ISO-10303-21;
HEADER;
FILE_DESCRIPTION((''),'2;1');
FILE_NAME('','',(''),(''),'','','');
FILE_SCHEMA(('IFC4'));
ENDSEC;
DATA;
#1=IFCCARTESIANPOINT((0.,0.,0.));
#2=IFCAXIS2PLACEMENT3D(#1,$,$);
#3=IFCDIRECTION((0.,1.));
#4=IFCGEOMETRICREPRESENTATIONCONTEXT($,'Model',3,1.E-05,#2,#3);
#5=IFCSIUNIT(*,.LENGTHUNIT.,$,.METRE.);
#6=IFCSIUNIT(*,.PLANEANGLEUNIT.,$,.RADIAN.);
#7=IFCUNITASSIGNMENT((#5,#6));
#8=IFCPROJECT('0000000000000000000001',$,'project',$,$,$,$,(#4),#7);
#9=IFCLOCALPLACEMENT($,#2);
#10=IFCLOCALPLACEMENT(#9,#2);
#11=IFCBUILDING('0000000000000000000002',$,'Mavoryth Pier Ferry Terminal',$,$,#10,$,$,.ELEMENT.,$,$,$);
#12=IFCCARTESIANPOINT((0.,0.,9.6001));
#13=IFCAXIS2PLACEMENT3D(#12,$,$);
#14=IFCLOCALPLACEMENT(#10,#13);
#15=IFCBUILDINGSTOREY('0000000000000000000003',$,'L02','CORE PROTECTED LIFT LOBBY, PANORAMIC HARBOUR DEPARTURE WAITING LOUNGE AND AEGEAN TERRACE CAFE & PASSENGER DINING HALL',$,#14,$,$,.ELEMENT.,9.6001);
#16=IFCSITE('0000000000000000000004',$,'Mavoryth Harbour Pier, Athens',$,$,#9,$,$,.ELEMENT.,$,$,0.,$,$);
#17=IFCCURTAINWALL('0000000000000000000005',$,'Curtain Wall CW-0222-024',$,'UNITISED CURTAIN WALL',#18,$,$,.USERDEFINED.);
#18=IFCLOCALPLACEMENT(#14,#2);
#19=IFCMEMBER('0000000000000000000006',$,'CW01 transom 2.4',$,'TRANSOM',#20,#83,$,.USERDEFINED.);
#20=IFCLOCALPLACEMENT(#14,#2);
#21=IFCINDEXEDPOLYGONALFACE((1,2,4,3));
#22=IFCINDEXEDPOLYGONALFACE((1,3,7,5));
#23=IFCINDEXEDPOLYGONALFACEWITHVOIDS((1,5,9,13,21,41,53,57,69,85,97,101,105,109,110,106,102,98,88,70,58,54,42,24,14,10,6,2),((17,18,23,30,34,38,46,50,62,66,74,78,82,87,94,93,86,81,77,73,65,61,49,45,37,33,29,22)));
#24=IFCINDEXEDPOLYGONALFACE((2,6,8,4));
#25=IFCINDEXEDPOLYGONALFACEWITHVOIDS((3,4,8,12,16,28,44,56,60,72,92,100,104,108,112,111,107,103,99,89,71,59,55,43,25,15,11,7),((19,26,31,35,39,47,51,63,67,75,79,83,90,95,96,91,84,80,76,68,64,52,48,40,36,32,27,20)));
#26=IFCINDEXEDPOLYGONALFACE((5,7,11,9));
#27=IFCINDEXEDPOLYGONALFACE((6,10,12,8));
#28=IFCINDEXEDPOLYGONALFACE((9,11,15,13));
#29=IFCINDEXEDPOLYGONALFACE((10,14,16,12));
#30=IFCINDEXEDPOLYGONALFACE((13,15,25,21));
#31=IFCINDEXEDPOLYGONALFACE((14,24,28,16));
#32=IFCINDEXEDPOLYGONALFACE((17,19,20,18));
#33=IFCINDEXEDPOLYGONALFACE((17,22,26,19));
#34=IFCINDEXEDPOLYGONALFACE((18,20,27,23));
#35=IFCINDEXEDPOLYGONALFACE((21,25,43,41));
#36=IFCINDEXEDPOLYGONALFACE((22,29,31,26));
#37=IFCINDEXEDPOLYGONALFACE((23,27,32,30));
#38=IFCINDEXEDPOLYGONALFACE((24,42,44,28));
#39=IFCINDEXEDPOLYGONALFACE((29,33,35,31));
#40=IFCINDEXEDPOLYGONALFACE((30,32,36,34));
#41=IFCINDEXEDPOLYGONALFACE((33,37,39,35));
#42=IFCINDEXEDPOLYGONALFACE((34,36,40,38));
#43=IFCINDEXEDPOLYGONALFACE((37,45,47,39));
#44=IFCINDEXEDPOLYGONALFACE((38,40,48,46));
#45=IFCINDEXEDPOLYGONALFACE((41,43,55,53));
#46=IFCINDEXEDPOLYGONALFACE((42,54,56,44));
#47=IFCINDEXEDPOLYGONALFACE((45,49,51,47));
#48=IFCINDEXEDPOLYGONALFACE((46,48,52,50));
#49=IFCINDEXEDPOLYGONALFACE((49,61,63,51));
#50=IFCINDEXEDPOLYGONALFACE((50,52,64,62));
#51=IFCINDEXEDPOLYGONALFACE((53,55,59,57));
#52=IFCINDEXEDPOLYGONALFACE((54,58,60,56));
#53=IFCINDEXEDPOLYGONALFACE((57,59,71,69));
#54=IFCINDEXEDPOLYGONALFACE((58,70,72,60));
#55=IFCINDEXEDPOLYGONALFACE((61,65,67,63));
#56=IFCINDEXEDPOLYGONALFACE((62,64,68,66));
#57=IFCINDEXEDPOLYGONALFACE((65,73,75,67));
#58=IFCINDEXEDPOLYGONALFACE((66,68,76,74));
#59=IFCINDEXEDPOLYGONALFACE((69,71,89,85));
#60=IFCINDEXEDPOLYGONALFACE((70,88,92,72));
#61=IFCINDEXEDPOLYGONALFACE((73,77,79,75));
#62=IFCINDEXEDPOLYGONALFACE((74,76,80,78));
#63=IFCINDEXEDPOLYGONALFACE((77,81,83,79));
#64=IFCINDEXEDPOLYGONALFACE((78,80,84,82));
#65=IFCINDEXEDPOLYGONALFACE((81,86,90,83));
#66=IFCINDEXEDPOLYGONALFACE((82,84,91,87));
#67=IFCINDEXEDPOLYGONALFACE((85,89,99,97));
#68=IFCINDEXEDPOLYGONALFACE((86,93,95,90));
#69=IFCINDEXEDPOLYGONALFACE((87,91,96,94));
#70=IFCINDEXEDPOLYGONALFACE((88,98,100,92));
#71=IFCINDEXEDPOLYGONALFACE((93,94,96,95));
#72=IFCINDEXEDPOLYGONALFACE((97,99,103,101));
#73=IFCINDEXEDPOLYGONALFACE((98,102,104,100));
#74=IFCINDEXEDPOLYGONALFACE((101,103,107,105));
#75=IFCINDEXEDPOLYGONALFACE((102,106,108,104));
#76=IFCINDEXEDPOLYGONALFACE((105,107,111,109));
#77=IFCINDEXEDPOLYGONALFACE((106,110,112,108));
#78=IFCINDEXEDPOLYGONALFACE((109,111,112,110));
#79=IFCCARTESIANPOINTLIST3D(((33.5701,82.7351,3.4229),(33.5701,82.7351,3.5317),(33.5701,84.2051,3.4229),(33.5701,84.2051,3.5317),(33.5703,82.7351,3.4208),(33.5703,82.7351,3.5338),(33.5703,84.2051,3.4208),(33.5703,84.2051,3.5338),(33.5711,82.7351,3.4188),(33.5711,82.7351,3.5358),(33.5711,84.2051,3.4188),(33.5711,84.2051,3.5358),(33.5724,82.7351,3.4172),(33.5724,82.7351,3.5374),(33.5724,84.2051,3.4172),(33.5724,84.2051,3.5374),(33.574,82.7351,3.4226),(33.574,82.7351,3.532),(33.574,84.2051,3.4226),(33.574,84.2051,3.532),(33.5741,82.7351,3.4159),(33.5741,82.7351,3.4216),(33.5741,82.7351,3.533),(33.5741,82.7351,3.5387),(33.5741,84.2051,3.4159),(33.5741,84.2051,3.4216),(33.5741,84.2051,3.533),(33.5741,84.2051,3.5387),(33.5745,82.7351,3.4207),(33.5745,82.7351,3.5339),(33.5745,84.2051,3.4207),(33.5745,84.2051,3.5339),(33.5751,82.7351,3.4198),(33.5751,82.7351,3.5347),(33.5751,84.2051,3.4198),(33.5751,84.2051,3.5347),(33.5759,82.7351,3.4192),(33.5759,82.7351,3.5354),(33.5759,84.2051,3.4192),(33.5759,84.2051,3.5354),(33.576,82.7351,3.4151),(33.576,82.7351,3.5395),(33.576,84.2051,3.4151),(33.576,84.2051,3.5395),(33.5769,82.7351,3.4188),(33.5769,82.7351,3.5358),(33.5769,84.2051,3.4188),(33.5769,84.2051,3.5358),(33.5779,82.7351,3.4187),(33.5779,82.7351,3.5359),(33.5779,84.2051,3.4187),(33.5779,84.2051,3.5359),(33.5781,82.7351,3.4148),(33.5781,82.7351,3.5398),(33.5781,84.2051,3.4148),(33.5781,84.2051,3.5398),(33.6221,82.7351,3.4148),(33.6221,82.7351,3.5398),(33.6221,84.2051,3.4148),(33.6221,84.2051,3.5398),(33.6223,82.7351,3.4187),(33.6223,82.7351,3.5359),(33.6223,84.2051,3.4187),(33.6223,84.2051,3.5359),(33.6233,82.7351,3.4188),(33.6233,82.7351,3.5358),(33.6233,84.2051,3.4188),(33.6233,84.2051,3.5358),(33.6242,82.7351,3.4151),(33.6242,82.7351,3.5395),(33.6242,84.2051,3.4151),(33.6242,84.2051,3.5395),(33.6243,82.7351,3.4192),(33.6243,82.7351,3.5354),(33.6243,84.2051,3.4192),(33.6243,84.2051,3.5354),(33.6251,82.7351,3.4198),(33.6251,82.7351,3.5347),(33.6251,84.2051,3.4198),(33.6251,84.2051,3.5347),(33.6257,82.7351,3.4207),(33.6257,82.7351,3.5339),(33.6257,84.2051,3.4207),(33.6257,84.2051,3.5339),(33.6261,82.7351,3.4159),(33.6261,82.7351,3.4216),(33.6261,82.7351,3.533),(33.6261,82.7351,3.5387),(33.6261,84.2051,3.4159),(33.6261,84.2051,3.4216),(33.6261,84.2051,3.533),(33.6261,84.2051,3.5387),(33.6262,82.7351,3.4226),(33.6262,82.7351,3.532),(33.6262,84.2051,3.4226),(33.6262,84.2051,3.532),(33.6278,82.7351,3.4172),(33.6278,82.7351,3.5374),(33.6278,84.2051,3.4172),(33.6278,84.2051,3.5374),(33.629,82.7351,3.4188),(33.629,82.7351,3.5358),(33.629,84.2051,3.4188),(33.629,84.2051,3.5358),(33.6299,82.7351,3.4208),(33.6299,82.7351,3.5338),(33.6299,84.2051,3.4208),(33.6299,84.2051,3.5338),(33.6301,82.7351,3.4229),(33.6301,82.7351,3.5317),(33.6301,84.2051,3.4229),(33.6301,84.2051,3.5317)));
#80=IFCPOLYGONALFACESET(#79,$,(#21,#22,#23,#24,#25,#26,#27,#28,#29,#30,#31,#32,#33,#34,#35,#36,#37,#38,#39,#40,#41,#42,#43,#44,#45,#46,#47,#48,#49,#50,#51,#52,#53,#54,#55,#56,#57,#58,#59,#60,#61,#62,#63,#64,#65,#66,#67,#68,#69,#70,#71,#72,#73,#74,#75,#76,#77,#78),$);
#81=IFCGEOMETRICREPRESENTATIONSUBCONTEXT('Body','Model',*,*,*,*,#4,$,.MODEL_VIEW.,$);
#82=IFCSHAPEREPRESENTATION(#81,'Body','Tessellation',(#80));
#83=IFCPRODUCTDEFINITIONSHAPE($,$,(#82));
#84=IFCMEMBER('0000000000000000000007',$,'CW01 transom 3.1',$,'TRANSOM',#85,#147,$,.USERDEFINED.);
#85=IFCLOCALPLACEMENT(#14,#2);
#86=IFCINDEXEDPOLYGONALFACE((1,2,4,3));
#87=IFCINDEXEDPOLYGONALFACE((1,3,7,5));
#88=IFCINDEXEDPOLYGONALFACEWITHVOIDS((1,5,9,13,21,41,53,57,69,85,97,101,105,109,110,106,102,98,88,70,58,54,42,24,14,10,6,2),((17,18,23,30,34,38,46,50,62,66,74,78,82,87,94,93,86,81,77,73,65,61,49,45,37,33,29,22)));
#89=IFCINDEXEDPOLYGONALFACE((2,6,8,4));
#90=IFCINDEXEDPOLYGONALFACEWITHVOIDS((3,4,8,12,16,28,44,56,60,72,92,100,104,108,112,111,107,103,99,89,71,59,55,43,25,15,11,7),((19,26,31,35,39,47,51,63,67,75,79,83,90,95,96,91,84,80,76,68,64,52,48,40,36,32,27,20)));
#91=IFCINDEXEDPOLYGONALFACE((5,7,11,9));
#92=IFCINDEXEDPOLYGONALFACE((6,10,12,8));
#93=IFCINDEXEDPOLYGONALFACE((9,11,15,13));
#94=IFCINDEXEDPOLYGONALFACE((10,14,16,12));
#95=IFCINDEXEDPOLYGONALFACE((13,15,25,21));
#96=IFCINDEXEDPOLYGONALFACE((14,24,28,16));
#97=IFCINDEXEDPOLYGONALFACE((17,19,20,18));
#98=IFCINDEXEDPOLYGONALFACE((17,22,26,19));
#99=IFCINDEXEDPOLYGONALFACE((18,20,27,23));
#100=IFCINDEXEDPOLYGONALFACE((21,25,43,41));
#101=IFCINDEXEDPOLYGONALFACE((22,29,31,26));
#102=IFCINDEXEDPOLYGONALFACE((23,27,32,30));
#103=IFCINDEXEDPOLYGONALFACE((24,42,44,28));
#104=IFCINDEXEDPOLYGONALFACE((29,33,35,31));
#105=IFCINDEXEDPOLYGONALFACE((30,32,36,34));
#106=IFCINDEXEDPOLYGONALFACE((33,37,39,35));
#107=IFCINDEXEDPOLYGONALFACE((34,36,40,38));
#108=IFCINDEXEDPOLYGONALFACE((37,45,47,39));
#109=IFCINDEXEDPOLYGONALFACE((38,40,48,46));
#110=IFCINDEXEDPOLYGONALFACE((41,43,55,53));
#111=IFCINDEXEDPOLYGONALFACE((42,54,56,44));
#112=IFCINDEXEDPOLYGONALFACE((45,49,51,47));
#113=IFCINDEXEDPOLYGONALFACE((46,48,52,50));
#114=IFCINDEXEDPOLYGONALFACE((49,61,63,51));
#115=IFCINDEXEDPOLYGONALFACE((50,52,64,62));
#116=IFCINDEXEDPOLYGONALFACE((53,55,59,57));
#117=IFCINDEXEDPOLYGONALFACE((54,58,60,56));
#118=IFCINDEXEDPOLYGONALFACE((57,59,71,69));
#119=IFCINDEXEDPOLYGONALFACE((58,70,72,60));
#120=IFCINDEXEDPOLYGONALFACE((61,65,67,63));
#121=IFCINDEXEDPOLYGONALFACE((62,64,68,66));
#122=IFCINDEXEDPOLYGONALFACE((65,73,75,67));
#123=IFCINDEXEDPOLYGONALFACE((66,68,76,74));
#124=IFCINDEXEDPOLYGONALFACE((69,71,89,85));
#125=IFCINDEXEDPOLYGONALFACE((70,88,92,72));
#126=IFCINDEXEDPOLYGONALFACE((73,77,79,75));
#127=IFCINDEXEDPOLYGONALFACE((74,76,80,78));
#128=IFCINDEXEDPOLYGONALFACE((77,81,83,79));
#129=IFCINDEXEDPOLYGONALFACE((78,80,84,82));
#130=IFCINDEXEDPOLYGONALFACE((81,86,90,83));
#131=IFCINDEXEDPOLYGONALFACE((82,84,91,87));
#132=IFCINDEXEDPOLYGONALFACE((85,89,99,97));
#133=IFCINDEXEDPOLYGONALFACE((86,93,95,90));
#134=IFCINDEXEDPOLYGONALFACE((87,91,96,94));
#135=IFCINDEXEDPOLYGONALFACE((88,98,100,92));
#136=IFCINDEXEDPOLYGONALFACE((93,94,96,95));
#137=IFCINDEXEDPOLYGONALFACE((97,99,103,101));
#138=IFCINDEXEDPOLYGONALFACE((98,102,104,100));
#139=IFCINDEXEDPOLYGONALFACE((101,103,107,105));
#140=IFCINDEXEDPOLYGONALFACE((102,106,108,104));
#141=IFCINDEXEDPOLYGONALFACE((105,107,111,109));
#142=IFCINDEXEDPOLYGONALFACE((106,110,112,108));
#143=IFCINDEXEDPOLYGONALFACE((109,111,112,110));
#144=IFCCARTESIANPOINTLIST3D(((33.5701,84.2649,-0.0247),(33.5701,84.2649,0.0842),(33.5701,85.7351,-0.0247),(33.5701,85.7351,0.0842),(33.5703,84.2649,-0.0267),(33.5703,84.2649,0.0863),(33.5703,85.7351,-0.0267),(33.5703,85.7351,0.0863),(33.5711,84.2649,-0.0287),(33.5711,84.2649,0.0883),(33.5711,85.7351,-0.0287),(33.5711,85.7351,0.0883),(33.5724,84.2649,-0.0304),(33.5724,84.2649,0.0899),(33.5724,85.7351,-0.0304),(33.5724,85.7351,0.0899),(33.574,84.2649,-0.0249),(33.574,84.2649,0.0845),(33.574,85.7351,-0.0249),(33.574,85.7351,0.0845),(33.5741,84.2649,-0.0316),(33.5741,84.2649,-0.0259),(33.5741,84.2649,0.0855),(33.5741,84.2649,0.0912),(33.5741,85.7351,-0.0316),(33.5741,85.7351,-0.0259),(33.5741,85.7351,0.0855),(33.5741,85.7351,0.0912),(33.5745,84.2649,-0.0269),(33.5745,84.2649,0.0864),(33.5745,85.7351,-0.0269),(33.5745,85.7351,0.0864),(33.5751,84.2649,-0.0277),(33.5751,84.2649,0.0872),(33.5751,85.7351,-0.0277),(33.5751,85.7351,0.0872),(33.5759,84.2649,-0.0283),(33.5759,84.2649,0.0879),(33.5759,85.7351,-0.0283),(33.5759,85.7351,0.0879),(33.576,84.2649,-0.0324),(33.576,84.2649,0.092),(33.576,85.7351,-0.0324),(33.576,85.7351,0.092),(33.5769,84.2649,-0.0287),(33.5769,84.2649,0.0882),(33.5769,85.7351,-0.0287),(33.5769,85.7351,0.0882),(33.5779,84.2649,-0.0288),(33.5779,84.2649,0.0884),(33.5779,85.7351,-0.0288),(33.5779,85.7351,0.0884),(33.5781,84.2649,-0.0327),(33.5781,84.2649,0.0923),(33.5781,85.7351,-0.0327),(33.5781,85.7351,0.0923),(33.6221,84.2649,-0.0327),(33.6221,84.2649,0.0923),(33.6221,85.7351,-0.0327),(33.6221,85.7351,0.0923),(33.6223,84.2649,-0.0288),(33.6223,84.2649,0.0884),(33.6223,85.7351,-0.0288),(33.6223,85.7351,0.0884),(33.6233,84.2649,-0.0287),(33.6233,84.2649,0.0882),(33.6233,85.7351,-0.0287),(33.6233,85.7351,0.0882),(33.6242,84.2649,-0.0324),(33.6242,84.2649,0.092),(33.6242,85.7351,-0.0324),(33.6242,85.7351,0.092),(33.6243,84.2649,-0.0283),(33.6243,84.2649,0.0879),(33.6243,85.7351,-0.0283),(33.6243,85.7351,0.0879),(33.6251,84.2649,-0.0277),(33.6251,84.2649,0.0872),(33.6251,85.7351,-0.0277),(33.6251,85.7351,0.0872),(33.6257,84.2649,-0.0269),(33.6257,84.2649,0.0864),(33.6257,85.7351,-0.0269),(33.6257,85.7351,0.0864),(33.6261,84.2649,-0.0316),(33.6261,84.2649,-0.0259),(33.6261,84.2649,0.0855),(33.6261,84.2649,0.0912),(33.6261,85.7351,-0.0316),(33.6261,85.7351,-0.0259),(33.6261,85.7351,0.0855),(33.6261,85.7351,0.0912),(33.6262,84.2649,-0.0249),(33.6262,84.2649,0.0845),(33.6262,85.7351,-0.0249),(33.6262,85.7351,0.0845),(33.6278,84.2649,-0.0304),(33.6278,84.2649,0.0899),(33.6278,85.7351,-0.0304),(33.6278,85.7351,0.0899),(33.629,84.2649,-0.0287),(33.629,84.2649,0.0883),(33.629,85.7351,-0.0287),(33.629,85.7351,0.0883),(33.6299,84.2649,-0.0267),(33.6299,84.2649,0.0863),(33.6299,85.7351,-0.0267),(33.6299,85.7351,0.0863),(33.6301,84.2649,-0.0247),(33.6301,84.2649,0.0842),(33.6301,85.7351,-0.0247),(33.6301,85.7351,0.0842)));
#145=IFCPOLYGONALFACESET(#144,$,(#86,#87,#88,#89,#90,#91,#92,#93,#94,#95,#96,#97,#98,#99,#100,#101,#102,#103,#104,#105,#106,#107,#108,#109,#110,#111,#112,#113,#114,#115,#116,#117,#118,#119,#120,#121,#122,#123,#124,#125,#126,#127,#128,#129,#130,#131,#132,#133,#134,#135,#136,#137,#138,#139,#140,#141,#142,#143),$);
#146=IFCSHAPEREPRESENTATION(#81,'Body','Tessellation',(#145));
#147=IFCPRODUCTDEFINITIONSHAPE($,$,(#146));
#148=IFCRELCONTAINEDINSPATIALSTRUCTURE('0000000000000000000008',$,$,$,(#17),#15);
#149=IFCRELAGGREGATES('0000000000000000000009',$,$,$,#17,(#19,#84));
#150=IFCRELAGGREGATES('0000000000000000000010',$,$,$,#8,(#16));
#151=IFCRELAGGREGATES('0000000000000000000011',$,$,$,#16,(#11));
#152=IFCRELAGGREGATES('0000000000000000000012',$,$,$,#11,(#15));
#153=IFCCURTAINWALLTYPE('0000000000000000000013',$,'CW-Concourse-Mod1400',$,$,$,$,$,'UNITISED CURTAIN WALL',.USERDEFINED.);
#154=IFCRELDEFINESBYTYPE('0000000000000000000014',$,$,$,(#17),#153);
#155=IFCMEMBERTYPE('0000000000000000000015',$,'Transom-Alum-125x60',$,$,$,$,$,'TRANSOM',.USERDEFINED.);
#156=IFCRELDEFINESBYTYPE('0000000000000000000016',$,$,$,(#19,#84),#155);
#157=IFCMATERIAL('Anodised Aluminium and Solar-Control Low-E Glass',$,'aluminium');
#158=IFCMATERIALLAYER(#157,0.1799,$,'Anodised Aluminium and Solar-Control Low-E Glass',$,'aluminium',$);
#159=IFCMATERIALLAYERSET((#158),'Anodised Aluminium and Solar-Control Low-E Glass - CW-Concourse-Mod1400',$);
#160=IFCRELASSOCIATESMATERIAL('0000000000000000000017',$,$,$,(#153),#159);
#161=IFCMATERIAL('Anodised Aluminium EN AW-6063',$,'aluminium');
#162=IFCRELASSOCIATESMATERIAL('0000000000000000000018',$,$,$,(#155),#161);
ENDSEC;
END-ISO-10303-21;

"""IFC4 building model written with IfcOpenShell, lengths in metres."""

from ifc_helpers import new_model, si_unit, direction, frame, origin, origin_2d, place, context, subcontext, project, spatial, hollow_rectangle, extrude, material, layer, layer_set, material_profile, profile_set, type_object, element, aggregate, save


model = new_model("IFC4")

# Units and contexts
model_context = context("Model", 3, precision=1e-05, world=origin(), true_north=direction((0.0, 1.0)))
body_context = subcontext(model_context, "Body", "Model", "MODEL_VIEW")
ifc_project = project(units=[si_unit("LENGTHUNIT", "METRE"), si_unit("PLANEANGLEUNIT", "RADIAN")], contexts=[model_context])

# Site, building, storey
site_placement = place(None, origin())
site = spatial("IfcSite", under=ifc_project, at=site_placement, Name="Mavoryth Harbour Pier, Athens", CompositionType="ELEMENT", RefElevation=0.0)
building_placement = place(site_placement, origin())
building = spatial("IfcBuilding", under=site, at=building_placement, Name="Mavoryth Pier Ferry Terminal", CompositionType="ELEMENT")
storey_placement = place(building_placement, frame((0.0, 0.0, 9.6001)))
storey = spatial("IfcBuildingStorey", under=building, at=storey_placement, Name="L02", Description="CORE PROTECTED LIFT LOBBY, PANORAMIC HARBOUR DEPARTURE WAITING LOUNGE AND AEGEAN TERRACE CAFE & PASSENGER DINING HALL", CompositionType="ELEMENT", Elevation=9.6001)

# Curtain wall
ifc_material_1 = material(Name="Anodised Aluminium and Solar-Control Low-E Glass", Category="aluminium")
ifc_layer_1 = layer(ifc_material_1, 0.1799, Name="Anodised Aluminium and Solar-Control Low-E Glass", Category="aluminium")
ifc_layer_set_1 = layer_set([ifc_layer_1], Name="Anodised Aluminium and Solar-Control Low-E Glass - CW-Concourse-Mod1400")
curtain_wall_type = type_object("IfcCurtainWallType", Name="CW-Concourse-Mod1400", ElementType="UNITISED CURTAIN WALL", PredefinedType="USERDEFINED", material=ifc_layer_set_1)
curtain_wall_placement = place(storey_placement, origin())
curtain_wall = element("IfcCurtainWall", 1, at=curtain_wall_placement, inside=storey, type_object=curtain_wall_type, Name="Curtain Wall CW-0222-024", ObjectType="UNITISED CURTAIN WALL", PredefinedType="USERDEFINED")
ifc_material_2 = material(Name="Anodised Aluminium EN AW-6063", Category="aluminium")

# Members
ifc_material_profile_1 = material_profile(ifc_material_2, hollow_rectangle(XDim=0.0601, YDim=0.125, WallThickness=0.0039, InnerFilletRadius=0.0039, OuterFilletRadius=0.0081, at=origin_2d()), Name="AL-TRAN 125x60x4", Category="aluminium")
ifc_profile_set_1 = profile_set([ifc_material_profile_1], Name="Anodised Aluminium EN AW-6063 - AL-TRAN 125x60x4")
member_type_1 = type_object("IfcMemberType", Name="Transom-Alum-125x60", ElementType="TRANSOM", PredefinedType="USERDEFINED", material=ifc_profile_set_1)
member_1_placement = place(storey_placement, frame((33.6001, 82.7351, 3.4773), z_axis=(0.0, 1.0, 0.0), x_axis=(-1.0, 0.0, 0.0)))
member_1 = element("IfcMember", 2, at=member_1_placement, type_object=member_type_1, Name="CW01 transom 2.4", ObjectType="TRANSOM", PredefinedType="USERDEFINED", context=body_context, shape_type="SweptSolid", body=[
    extrude(hollow_rectangle(XDim=0.0601, YDim=0.125, WallThickness=0.0039, InnerFilletRadius=0.0039, OuterFilletRadius=0.0081, at=origin_2d()), origin(), (0.0, 0.0, 1.0), 1.47),
])
member_2_placement = place(storey_placement, frame((33.6001, 84.2649, 0.0298), z_axis=(0.0, 1.0, 0.0), x_axis=(-1.0, 0.0, 0.0)))
member_2 = element("IfcMember", 3, at=member_2_placement, type_object=member_type_1, Name="CW01 transom 3.1", ObjectType="TRANSOM", PredefinedType="USERDEFINED", context=body_context, shape_type="SweptSolid", body=[
    extrude(hollow_rectangle(XDim=0.0601, YDim=0.125, WallThickness=0.0039, InnerFilletRadius=0.0039, OuterFilletRadius=0.0081, at=origin_2d()), origin(), (0.0, 0.0, 1.0), 1.4702),
])

aggregate(curtain_wall, [member_1, member_2])

save(model, "model.ifc")
